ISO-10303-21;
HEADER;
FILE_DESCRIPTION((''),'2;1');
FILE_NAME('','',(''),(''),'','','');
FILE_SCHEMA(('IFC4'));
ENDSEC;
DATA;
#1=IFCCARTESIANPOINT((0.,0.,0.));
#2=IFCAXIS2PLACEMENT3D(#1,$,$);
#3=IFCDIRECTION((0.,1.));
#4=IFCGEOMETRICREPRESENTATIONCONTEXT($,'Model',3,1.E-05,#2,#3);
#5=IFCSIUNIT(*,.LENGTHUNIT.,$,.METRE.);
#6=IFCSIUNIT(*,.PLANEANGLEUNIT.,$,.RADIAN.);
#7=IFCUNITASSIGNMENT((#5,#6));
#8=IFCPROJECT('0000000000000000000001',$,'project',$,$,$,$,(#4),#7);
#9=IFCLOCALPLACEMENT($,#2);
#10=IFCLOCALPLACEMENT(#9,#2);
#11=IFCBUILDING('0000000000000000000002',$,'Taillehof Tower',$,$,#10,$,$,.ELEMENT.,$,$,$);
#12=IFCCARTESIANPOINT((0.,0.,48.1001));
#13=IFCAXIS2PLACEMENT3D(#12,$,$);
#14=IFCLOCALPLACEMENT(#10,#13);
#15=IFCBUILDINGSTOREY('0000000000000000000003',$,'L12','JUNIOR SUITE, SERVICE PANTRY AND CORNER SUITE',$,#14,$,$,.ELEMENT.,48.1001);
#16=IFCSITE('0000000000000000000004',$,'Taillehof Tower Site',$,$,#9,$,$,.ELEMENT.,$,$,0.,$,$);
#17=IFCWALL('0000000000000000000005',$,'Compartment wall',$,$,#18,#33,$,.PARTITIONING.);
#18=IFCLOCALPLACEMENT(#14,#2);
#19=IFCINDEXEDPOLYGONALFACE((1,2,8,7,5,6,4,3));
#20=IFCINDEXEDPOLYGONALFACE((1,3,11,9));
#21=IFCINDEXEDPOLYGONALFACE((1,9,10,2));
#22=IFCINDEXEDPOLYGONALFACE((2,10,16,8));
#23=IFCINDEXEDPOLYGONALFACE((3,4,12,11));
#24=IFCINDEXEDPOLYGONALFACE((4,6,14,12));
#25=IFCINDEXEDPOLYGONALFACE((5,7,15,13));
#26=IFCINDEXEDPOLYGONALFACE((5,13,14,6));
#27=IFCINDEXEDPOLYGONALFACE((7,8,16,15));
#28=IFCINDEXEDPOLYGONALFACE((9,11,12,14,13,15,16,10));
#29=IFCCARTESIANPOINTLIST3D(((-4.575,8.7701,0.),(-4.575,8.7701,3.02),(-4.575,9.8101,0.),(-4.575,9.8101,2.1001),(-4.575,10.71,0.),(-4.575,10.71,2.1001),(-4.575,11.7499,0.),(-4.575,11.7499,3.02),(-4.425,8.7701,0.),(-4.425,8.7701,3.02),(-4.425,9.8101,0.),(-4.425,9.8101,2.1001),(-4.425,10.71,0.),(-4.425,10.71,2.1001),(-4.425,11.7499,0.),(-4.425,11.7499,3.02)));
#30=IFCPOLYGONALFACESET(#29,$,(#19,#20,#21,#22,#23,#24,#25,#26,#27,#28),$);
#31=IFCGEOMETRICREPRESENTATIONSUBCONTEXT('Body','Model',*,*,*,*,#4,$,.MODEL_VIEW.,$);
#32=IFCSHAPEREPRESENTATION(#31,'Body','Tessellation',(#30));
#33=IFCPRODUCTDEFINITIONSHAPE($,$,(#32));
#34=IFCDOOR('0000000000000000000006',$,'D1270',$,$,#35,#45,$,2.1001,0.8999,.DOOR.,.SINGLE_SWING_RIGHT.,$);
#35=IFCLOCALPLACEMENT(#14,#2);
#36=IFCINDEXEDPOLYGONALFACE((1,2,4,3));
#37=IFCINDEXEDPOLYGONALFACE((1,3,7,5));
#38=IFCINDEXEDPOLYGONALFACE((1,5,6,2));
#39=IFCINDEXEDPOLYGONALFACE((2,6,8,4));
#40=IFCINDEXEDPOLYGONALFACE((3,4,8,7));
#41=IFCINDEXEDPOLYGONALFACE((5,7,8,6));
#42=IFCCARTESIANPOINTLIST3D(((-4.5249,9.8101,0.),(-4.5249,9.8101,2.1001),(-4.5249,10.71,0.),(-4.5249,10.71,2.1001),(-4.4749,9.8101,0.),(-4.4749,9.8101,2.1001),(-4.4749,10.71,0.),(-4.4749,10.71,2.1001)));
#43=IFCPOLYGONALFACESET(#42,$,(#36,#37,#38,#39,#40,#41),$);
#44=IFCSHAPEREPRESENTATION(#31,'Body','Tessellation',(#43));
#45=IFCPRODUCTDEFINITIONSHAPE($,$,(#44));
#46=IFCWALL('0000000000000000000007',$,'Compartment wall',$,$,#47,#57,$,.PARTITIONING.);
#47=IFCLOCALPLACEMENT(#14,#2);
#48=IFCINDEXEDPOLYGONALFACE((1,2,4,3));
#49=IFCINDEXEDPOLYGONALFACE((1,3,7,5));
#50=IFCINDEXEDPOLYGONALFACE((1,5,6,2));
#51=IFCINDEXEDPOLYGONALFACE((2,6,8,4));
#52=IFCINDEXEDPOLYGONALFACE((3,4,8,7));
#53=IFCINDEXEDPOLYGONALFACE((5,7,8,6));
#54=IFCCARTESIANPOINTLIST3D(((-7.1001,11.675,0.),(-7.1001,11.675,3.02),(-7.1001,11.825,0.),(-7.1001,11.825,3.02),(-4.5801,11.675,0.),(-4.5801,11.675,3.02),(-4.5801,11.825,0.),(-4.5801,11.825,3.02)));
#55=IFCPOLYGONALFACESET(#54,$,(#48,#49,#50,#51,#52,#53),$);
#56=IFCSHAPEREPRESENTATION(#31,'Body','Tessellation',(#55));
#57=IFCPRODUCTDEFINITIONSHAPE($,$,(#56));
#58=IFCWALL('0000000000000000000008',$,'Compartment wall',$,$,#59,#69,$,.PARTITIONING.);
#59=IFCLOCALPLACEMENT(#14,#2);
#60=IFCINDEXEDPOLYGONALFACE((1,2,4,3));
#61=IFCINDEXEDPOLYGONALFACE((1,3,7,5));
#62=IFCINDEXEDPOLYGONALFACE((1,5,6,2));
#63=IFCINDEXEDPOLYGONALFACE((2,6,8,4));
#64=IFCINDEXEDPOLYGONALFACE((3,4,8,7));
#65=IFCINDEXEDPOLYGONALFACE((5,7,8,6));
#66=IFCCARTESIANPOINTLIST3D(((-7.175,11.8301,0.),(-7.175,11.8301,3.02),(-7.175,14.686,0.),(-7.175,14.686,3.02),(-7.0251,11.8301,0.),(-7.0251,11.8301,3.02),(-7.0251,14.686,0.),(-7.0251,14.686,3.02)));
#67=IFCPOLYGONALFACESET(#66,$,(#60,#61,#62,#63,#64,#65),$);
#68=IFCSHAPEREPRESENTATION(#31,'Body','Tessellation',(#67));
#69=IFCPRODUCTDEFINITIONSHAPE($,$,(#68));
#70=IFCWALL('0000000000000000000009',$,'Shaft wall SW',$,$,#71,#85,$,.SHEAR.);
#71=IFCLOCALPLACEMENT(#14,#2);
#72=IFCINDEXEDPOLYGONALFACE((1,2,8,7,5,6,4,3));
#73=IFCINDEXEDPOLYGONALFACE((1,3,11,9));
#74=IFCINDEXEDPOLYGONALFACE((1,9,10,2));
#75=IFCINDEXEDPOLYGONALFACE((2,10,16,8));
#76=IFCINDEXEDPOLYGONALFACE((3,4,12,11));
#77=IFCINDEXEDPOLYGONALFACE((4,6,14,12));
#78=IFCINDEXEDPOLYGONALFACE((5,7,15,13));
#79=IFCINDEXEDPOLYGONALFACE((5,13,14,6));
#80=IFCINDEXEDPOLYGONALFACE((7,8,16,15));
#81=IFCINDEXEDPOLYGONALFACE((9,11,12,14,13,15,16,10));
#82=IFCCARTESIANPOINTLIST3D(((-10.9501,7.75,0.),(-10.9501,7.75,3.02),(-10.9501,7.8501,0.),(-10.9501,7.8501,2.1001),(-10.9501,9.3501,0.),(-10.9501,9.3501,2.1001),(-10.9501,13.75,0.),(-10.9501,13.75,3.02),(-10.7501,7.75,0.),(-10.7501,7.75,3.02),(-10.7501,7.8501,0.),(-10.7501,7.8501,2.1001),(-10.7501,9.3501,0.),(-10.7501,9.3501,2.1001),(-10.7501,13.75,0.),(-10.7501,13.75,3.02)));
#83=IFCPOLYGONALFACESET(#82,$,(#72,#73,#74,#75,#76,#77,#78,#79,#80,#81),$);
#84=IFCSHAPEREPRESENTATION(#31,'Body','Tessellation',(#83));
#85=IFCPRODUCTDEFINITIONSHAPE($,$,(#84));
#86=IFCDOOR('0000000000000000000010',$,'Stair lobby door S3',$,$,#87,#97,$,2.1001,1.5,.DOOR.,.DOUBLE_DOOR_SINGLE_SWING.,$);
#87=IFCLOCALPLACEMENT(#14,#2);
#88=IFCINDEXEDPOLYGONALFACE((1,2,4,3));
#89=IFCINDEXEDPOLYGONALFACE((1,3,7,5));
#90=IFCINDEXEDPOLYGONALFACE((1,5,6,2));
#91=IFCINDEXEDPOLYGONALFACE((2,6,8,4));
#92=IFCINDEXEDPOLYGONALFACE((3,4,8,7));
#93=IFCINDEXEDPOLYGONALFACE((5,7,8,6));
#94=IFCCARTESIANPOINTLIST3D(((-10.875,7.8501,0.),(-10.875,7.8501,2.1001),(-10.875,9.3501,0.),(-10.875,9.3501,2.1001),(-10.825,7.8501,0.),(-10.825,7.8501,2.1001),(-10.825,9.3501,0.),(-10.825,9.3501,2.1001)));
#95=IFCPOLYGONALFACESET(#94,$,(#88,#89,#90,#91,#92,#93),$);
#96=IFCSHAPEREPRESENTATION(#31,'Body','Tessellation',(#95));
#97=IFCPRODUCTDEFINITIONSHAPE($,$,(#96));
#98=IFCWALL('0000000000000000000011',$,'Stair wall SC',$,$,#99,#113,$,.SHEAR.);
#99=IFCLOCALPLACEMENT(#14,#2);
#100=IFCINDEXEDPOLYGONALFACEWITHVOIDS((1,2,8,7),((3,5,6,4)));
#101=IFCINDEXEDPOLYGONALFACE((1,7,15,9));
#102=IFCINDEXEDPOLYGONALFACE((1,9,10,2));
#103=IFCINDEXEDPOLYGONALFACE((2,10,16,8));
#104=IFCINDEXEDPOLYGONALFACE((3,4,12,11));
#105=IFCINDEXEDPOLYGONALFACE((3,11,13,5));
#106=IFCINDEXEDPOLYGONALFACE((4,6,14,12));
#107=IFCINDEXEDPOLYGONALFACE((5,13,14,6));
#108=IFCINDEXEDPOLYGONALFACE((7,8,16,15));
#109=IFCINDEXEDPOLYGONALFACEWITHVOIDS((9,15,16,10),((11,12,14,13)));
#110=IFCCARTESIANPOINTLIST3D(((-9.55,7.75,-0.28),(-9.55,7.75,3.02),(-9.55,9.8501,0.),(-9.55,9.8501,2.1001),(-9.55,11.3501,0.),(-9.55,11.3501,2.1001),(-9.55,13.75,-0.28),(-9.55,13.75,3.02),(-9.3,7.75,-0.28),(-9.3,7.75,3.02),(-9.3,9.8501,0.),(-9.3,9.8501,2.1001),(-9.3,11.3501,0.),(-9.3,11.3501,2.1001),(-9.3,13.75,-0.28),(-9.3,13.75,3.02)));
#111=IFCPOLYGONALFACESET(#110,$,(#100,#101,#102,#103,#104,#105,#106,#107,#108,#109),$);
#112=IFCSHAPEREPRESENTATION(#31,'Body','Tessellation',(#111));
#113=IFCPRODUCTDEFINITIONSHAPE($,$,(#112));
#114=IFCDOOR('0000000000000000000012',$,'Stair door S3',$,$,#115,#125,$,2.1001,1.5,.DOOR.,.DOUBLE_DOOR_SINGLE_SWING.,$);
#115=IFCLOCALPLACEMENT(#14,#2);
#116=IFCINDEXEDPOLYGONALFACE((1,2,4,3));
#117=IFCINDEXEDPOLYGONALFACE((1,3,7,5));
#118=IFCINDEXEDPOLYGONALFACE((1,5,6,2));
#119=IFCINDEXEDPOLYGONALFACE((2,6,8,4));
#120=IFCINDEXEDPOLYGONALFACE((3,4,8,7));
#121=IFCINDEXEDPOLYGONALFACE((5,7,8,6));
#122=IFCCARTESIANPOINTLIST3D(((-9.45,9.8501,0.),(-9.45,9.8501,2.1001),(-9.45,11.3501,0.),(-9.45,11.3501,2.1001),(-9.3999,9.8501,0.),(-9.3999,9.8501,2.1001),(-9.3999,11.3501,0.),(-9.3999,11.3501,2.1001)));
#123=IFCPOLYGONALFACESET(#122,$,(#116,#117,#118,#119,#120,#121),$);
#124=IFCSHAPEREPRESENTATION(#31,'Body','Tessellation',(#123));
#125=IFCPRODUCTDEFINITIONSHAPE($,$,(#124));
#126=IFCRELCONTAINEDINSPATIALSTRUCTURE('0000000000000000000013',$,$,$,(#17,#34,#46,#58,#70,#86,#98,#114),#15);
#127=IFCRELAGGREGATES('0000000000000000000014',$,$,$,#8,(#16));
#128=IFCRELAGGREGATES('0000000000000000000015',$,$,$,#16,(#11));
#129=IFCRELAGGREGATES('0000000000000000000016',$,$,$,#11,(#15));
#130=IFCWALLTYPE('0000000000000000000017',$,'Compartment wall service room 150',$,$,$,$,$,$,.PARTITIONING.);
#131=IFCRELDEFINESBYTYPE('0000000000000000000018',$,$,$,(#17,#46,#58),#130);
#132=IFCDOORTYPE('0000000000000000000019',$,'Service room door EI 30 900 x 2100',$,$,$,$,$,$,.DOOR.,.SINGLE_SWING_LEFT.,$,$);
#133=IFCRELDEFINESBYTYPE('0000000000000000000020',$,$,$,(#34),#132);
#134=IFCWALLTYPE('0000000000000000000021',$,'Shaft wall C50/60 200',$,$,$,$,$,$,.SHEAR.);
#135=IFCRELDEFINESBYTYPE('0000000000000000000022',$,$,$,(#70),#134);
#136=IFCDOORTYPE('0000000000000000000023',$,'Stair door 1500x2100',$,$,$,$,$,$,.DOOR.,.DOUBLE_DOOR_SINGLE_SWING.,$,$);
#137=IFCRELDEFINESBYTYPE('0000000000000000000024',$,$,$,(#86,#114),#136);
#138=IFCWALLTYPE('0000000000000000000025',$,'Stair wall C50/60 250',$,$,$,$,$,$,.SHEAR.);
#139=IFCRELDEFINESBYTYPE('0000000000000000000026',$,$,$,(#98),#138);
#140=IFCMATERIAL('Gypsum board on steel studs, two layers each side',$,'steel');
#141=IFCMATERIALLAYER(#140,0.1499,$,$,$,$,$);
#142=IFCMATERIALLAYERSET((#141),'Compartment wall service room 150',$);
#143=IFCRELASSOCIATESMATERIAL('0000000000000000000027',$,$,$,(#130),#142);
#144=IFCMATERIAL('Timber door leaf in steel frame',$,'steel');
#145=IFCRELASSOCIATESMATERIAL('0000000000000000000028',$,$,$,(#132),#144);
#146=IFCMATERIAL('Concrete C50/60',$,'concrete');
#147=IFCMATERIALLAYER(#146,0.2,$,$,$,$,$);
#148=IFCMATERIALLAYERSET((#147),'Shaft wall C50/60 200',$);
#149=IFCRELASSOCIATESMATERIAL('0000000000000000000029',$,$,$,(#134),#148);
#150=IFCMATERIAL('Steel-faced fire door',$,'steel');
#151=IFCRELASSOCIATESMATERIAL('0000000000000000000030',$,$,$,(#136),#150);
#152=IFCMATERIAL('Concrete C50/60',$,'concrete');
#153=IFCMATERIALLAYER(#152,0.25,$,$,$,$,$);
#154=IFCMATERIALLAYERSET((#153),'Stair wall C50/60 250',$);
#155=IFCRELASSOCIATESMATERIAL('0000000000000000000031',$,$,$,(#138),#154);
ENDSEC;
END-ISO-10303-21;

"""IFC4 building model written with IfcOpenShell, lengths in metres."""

from ifc_helpers import new_model, si_unit, direction, frame, frame_2d, origin, place, context, subcontext, project, spatial, rectangle, extrude, material, layer, layer_set, type_object, element, fill, save


model = new_model("IFC4")

# Units and contexts
model_context = context("Model", 3, precision=1e-05, world=origin(), true_north=direction((0.0, 1.0)))
body_context = subcontext(model_context, "Body", "Model", "MODEL_VIEW")
ifc_project = project(units=[si_unit("LENGTHUNIT", "METRE"), si_unit("PLANEANGLEUNIT", "RADIAN")], contexts=[model_context])

# Site, building, storey
site_placement = place(None, origin())
site = spatial("IfcSite", under=ifc_project, at=site_placement, Name="Taillehof Tower Site", CompositionType="ELEMENT", RefElevation=0.0)
building_placement = place(site_placement, origin())
building = spatial("IfcBuilding", under=site, at=building_placement, Name="Taillehof Tower", CompositionType="ELEMENT")
storey_placement = place(building_placement, frame((0.0, 0.0, 48.1001)))
storey = spatial("IfcBuildingStorey", under=building, at=storey_placement, Name="L12", Description="JUNIOR SUITE, SERVICE PANTRY AND CORNER SUITE", CompositionType="ELEMENT", Elevation=48.1001)

# Shared definitions
ifc_material_1 = material(Name="Gypsum board on steel studs, two layers each side", Category="steel")
ifc_layer_1 = layer(ifc_material_1, 0.1499)
ifc_layer_set_1 = layer_set([ifc_layer_1], Name="Compartment wall service room 150")
wall_type_1 = type_object("IfcWallType", Name="Compartment wall service room 150", PredefinedType="PARTITIONING", material=ifc_layer_set_1)

# Wall, opening, door
wall_1_placement = place(storey_placement, frame((-4.5, 8.7703, 0.0), z_axis=(0.0, 0.0, 1.0), x_axis=(0.0, 1.0, 0.0)))
wall_1 = element("IfcWall", 1, at=wall_1_placement, inside=storey, type_object=wall_type_1, Name="Compartment wall", PredefinedType="PARTITIONING", context=body_context, shape_type="SweptSolid", body=[
    extrude(rectangle(XDim=2.9797, YDim=0.1499, at=frame_2d((1.4897, 0.0))), origin(), (0.0, 0.0, 1.0), 3.02),
])
opening_1_placement = place(wall_1_placement, frame((1.0398, 0.0, 0.0)))
opening_1 = element("IfcOpeningElement", 2, at=opening_1_placement, cuts=wall_1, PredefinedType="OPENING", context=body_context, shape_type="SweptSolid", body=[
    extrude(rectangle(XDim=0.8999, YDim=2.1001, at=frame_2d((0.45, 1.05))), frame((0.0, 0.085, 0.0), z_axis=(0.0, -1.0, 0.0), x_axis=(1.0, 0.0, 0.0)), (0.0, 0.0, 1.0), 0.1699),
])
ifc_material_2 = material(Name="Timber door leaf in steel frame", Category="steel")
door_type_1 = type_object("IfcDoorType", Name="Service room door EI 30 900 x 2100", OperationType="SINGLE_SWING_LEFT", PredefinedType="DOOR", material=ifc_material_2)
door_1_placement = place(opening_1_placement, origin())
door_1 = element("IfcDoor", 3, at=door_1_placement, inside=storey, type_object=door_type_1, Name="D1270", OperationType="SINGLE_SWING_RIGHT", OverallHeight=2.1001, OverallWidth=0.8999, PredefinedType="DOOR", context=body_context, shape_type="SweptSolid", body=[
    extrude(rectangle(XDim=0.8999, YDim=2.1001, at=frame_2d((0.45, 1.05))), frame((0.0, 0.0249, 0.0), z_axis=(0.0, -1.0, 0.0), x_axis=(1.0, 0.0, 0.0)), (0.0, 0.0, 1.0), 0.05),
])
fill(opening_1, door_1)

# Walls
wall_2_placement = place(storey_placement, frame((-4.5801, 11.75, 0.0), z_axis=(0.0, 0.0, 1.0), x_axis=(-1.0, 0.0, 0.0)))
element("IfcWall", 4, at=wall_2_placement, inside=storey, type_object=wall_type_1, Name="Compartment wall", PredefinedType="PARTITIONING", context=body_context, shape_type="SweptSolid", body=[
    extrude(rectangle(XDim=2.52, YDim=0.1499, at=frame_2d((1.26, 0.0))), origin(), (0.0, 0.0, 1.0), 3.02),
])
wall_3_placement = place(storey_placement, frame((-7.1001, 11.8301, 0.0), z_axis=(0.0, 0.0, 1.0), x_axis=(0.0, 1.0, 0.0)))
element("IfcWall", 5, at=wall_3_placement, inside=storey, type_object=wall_type_1, Name="Compartment wall", PredefinedType="PARTITIONING", context=body_context, shape_type="SweptSolid", body=[
    extrude(rectangle(XDim=2.856, YDim=0.1499, at=frame_2d((1.428, 0.0))), origin(), (0.0, 0.0, 1.0), 3.02),
])

# Walls, openings, doors
ifc_material_3 = material(Name="Concrete C50/60", Category="concrete")
ifc_layer_2 = layer(ifc_material_3, 0.2)
ifc_layer_set_2 = layer_set([ifc_layer_2], Name="Shaft wall C50/60 200")
wall_type_2 = type_object("IfcWallType", Name="Shaft wall C50/60 200", PredefinedType="SHEAR", material=ifc_layer_set_2)
wall_4_placement = place(storey_placement, frame((-10.8501, 7.75, 0.0), z_axis=(0.0, 0.0, 1.0), x_axis=(0.0, 1.0, 0.0)))
wall_4 = element("IfcWall", 6, at=wall_4_placement, inside=storey, type_object=wall_type_2, Name="Shaft wall SW", PredefinedType="SHEAR", context=body_context, shape_type="SweptSolid", body=[
    extrude(rectangle(XDim=6.0, YDim=0.2, at=frame_2d((3.0, 0.0))), origin(), (0.0, 0.0, 1.0), 3.02),
])
opening_2_placement = place(wall_4_placement, frame((0.1001, 0.0, 0.0)))
opening_2 = element("IfcOpeningElement", 7, at=opening_2_placement, cuts=wall_4, PredefinedType="OPENING", context=body_context, shape_type="SweptSolid", body=[
    extrude(rectangle(XDim=1.5, YDim=2.1001, at=frame_2d((0.75, 1.05))), frame((0.0, 0.1099, 0.0), z_axis=(0.0, -1.0, 0.0), x_axis=(1.0, 0.0, 0.0)), (0.0, 0.0, 1.0), 0.22),
])
ifc_material_4 = material(Name="Steel-faced fire door", Category="steel")
door_type_2 = type_object("IfcDoorType", Name="Stair door 1500x2100", OperationType="DOUBLE_DOOR_SINGLE_SWING", PredefinedType="DOOR", material=ifc_material_4)
door_2_placement = place(opening_2_placement, origin())
door_2 = element("IfcDoor", 8, at=door_2_placement, inside=storey, type_object=door_type_2, Name="Stair lobby door S3", OperationType="DOUBLE_DOOR_SINGLE_SWING", OverallHeight=2.1001, OverallWidth=1.5, PredefinedType="DOOR", context=body_context, shape_type="SweptSolid", body=[
    extrude(rectangle(XDim=1.5, YDim=2.1001, at=frame_2d((0.75, 1.05))), frame((0.0, 0.0249, 0.0), z_axis=(0.0, -1.0, 0.0), x_axis=(1.0, 0.0, 0.0)), (0.0, 0.0, 1.0), 0.05),
])
fill(opening_2, door_2)
ifc_material_5 = material(Name="Concrete C50/60", Category="concrete")
ifc_layer_3 = layer(ifc_material_5, 0.25)
ifc_layer_set_3 = layer_set([ifc_layer_3], Name="Stair wall C50/60 250")
wall_type_3 = type_object("IfcWallType", Name="Stair wall C50/60 250", PredefinedType="SHEAR", material=ifc_layer_set_3)
wall_5_placement = place(storey_placement, frame((-9.425, 7.75, -0.28), z_axis=(0.0, 0.0, 1.0), x_axis=(0.0, 1.0, 0.0)))
wall_5 = element("IfcWall", 9, at=wall_5_placement, inside=storey, type_object=wall_type_3, Name="Stair wall SC", PredefinedType="SHEAR", context=body_context, shape_type="SweptSolid", body=[
    extrude(rectangle(XDim=6.0, YDim=0.25, at=frame_2d((3.0, 0.0))), origin(), (0.0, 0.0, 1.0), 3.3),
])
opening_3_placement = place(wall_5_placement, frame((2.1001, 0.0, 0.28)))
opening_3 = element("IfcOpeningElement", 10, at=opening_3_placement, cuts=wall_5, PredefinedType="OPENING", context=body_context, shape_type="SweptSolid", body=[
    extrude(rectangle(XDim=1.5, YDim=2.1001, at=frame_2d((0.75, 1.05))), frame((0.0, 0.135, 0.0), z_axis=(0.0, -1.0, 0.0), x_axis=(1.0, 0.0, 0.0)), (0.0, 0.0, 1.0), 0.27),
])
door_3_placement = place(opening_3_placement, origin())
door_3 = element("IfcDoor", 11, at=door_3_placement, inside=storey, type_object=door_type_2, Name="Stair door S3", OperationType="DOUBLE_DOOR_SINGLE_SWING", OverallHeight=2.1001, OverallWidth=1.5, PredefinedType="DOOR", context=body_context, shape_type="SweptSolid", body=[
    extrude(rectangle(XDim=1.5, YDim=2.1001, at=frame_2d((0.75, 1.05))), frame((0.0, 0.0249, 0.0), z_axis=(0.0, -1.0, 0.0), x_axis=(1.0, 0.0, 0.0)), (0.0, 0.0, 1.0), 0.05),
])
fill(opening_3, door_3)

save(model, "model.ifc")
